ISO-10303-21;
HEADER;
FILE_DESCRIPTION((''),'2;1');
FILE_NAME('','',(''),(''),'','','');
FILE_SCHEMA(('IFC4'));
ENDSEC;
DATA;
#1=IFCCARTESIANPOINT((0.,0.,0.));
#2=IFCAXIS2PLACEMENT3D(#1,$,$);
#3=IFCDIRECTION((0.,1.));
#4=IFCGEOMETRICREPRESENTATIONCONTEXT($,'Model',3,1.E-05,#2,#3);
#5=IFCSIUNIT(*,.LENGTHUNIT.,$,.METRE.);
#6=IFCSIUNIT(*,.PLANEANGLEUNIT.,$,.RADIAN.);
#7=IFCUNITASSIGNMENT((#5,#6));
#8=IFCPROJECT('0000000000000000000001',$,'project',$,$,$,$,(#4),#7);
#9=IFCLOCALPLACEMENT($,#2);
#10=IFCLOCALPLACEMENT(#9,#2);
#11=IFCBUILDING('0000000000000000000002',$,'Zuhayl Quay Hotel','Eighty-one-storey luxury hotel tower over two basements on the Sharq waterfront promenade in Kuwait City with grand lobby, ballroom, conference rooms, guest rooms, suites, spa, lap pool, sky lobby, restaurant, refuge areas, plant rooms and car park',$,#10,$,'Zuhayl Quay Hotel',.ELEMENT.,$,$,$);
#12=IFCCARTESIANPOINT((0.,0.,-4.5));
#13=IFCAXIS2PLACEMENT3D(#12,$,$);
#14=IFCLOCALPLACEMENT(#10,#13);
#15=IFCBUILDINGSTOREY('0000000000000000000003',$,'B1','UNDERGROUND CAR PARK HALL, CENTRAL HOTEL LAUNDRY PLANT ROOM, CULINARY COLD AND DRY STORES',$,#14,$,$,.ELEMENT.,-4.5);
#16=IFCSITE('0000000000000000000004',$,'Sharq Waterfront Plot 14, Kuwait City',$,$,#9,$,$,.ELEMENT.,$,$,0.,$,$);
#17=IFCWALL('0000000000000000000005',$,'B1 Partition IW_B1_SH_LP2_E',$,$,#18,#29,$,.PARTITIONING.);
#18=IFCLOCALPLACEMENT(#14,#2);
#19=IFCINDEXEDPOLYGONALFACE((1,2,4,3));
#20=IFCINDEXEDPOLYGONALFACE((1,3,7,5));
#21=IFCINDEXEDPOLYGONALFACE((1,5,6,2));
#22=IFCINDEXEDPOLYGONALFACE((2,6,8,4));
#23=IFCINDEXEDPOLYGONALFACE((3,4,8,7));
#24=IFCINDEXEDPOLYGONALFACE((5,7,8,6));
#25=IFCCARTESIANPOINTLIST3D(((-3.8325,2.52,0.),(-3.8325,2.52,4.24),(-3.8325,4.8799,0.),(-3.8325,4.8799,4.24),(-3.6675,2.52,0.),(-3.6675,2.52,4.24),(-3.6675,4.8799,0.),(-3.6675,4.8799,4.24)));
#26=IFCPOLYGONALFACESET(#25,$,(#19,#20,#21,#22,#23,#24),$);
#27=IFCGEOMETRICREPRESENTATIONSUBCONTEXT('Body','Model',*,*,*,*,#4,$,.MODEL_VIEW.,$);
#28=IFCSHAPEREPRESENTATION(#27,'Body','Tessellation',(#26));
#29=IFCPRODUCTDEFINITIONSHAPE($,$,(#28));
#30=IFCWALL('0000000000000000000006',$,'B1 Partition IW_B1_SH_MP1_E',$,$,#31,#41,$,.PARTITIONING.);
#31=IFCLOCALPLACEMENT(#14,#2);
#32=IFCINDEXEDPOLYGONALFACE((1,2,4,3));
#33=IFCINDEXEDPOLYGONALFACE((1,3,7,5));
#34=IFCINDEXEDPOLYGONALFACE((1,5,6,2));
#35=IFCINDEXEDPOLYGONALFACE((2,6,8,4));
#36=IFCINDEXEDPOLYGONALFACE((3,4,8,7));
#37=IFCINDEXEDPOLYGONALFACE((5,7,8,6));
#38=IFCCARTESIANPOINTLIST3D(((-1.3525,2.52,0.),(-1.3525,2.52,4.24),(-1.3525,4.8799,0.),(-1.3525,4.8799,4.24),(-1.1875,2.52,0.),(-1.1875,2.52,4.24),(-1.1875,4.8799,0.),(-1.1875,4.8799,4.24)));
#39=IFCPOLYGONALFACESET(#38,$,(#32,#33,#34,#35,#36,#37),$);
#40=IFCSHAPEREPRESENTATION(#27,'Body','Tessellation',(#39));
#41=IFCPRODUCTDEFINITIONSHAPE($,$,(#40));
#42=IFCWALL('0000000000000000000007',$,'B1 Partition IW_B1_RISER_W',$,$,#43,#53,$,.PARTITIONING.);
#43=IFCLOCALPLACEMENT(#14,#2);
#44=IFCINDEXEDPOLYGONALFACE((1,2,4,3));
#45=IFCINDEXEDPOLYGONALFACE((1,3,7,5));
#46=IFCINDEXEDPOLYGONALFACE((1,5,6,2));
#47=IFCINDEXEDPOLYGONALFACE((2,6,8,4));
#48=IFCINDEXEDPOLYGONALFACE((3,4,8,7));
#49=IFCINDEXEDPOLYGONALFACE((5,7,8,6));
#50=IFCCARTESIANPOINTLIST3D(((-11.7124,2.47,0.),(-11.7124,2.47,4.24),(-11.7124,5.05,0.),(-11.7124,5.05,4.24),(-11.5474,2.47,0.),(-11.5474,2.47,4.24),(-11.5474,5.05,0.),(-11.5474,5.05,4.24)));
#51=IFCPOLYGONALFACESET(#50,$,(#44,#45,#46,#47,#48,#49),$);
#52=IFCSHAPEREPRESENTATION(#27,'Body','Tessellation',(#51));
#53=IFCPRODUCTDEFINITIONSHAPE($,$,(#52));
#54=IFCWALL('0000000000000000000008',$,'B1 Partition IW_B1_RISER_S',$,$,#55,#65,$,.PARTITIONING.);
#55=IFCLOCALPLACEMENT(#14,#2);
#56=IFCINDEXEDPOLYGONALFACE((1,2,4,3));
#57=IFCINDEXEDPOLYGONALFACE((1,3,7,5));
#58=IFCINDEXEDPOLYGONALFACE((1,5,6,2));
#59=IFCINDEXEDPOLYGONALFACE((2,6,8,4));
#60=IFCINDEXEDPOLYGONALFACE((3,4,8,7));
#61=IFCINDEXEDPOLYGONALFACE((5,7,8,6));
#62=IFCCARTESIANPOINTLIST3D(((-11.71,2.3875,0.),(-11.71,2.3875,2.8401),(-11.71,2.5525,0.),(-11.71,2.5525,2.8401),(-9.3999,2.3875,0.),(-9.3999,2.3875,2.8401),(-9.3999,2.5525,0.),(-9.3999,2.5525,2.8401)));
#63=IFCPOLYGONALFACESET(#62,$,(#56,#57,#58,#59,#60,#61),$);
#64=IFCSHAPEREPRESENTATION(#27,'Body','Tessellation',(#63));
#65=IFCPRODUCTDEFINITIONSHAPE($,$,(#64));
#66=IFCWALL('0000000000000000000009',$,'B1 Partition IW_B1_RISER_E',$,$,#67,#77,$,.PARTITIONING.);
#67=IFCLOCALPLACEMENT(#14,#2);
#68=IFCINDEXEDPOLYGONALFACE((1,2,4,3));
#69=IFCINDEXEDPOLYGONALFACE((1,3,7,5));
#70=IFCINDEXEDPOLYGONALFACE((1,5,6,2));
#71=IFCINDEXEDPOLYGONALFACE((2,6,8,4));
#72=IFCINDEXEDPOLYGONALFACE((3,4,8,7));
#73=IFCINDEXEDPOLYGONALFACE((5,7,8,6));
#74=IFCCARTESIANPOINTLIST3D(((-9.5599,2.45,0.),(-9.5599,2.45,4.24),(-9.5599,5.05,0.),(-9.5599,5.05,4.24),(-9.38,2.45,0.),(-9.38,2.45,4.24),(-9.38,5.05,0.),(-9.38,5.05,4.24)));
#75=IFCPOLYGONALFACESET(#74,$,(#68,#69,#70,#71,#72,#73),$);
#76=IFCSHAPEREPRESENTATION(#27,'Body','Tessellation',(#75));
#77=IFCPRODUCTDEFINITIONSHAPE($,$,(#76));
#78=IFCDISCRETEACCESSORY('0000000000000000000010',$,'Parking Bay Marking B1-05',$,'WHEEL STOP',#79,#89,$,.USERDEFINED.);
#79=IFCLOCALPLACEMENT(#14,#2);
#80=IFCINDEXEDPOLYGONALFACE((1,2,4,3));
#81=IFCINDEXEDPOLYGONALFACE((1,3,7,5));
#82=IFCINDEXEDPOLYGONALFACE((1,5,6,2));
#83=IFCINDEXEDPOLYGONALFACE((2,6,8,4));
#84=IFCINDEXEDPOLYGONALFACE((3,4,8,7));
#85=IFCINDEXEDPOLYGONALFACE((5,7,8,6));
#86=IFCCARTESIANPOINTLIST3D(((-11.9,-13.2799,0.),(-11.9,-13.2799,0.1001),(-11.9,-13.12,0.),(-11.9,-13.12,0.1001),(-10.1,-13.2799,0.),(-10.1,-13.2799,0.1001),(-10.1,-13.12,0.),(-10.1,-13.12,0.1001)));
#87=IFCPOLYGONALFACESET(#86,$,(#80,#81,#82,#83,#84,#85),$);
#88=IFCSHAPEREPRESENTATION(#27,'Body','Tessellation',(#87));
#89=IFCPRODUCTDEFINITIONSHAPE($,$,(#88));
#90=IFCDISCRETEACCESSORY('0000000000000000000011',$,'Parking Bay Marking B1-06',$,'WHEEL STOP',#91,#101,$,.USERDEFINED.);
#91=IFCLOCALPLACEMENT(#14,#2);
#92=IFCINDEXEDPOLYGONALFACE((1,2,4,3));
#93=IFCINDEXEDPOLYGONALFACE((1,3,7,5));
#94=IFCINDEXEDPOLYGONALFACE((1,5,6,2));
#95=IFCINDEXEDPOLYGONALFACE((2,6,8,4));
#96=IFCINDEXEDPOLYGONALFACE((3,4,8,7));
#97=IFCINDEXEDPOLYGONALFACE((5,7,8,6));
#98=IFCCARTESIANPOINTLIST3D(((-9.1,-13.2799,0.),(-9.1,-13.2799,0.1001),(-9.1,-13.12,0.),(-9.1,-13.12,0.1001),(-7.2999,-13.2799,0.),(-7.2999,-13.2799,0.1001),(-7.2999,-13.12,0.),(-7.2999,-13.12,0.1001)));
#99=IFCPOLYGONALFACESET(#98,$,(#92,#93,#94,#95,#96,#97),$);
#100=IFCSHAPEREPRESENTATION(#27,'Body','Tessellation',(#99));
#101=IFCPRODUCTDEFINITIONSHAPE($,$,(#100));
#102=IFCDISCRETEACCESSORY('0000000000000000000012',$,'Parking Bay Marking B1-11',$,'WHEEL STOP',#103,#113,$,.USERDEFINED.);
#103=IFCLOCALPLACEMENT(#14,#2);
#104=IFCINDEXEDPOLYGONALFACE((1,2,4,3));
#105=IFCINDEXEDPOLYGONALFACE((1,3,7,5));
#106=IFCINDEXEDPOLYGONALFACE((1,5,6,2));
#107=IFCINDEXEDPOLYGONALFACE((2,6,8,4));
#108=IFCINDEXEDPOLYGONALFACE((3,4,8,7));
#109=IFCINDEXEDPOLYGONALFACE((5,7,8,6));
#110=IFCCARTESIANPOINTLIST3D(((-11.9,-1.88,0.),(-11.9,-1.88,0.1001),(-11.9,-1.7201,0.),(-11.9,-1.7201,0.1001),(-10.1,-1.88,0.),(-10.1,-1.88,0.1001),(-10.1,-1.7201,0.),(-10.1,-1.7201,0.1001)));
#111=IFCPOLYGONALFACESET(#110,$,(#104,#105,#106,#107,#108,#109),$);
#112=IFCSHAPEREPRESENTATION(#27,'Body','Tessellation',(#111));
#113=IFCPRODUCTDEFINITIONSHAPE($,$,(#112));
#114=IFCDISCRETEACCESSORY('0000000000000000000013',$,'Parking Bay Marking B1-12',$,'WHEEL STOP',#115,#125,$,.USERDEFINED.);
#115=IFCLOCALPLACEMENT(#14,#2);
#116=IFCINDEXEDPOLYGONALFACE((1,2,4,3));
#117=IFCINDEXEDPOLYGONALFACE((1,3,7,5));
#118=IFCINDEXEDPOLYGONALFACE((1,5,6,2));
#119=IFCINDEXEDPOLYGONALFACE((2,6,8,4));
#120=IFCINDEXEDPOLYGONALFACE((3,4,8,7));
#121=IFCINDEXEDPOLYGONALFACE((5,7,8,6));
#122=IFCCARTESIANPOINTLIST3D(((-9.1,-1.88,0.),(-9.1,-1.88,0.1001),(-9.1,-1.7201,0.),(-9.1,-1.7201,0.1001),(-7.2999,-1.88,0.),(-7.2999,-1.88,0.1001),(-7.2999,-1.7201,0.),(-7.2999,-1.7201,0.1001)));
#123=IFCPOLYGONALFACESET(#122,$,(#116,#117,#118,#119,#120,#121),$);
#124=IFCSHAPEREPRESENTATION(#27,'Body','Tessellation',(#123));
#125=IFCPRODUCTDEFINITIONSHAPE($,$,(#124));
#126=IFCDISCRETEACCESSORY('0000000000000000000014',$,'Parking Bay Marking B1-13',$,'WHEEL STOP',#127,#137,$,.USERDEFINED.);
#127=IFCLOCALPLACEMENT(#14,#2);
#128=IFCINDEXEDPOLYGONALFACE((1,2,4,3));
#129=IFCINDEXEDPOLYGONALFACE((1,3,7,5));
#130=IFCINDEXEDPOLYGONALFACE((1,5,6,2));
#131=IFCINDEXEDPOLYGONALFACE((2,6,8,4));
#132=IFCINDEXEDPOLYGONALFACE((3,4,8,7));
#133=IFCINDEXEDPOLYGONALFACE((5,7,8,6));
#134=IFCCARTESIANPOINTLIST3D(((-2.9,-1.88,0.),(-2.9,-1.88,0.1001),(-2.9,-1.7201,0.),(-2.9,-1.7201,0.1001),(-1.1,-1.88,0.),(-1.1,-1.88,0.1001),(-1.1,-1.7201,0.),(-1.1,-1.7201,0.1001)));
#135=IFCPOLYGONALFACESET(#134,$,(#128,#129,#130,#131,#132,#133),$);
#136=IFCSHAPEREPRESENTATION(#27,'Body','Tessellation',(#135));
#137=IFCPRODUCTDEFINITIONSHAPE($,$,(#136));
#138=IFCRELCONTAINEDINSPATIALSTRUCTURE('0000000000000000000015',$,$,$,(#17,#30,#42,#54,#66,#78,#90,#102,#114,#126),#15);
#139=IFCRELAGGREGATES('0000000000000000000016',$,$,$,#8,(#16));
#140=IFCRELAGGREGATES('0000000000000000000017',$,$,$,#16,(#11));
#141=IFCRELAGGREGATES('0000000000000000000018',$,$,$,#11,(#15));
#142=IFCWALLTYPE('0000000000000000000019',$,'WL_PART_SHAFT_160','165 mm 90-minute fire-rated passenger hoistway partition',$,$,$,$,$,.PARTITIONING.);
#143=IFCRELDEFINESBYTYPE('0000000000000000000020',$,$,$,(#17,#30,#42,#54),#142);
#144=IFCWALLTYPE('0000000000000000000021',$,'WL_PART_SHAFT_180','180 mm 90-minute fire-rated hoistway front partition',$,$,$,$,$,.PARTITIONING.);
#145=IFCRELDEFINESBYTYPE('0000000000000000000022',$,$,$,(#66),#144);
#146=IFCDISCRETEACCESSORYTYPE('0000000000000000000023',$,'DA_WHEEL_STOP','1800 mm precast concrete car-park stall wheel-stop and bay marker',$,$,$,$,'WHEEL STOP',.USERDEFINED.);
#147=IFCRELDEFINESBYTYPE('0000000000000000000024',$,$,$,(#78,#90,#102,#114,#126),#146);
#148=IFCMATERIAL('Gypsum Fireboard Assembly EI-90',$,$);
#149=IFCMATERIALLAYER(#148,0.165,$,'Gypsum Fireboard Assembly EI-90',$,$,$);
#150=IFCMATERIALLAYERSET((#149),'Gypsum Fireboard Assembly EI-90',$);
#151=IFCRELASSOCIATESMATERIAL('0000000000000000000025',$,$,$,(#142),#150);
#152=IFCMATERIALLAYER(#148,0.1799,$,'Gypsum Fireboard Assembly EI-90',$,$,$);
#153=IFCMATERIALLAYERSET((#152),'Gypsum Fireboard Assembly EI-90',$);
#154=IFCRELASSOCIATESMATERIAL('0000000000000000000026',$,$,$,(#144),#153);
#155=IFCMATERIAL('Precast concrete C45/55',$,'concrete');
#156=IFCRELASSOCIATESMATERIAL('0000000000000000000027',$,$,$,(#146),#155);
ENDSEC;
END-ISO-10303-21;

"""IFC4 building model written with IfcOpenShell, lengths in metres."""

from ifc_helpers import new_model, si_unit, direction, frame, frame_2d, origin, origin_2d, place, context, subcontext, project, spatial, rectangle, extrude, material, layer, layer_set, type_object, element, save


model = new_model("IFC4")

# Units and contexts
model_context = context("Model", 3, precision=1e-05, world=origin(), true_north=direction((0.0, 1.0)))
body_context = subcontext(model_context, "Body", "Model", "MODEL_VIEW")
ifc_project = project(units=[si_unit("LENGTHUNIT", "METRE"), si_unit("PLANEANGLEUNIT", "RADIAN")], contexts=[model_context])

# Site, building, storey
site_placement = place(None, origin())
site = spatial("IfcSite", under=ifc_project, at=site_placement, Name="Sharq Waterfront Plot 14, Kuwait City", CompositionType="ELEMENT", RefElevation=0.0)
building_placement = place(site_placement, origin())
building = spatial("IfcBuilding", under=site, at=building_placement, Name="Zuhayl Quay Hotel", Description="Eighty-one-storey luxury hotel tower over two basements on the Sharq waterfront promenade in Kuwait City with grand lobby, ballroom, conference rooms, guest rooms, suites, spa, lap pool, sky lobby, restaurant, refuge areas, plant rooms and car park", LongName="Zuhayl Quay Hotel", CompositionType="ELEMENT")
storey_placement = place(building_placement, frame((0.0, 0.0, -4.5)))
storey = spatial("IfcBuildingStorey", under=building, at=storey_placement, Name="B1", Description="UNDERGROUND CAR PARK HALL, CENTRAL HOTEL LAUNDRY PLANT ROOM, CULINARY COLD AND DRY STORES", CompositionType="ELEMENT", Elevation=-4.5)

# Walls
ifc_material_1 = material(Name="Gypsum Fireboard Assembly EI-90")
ifc_layer_1 = layer(ifc_material_1, 0.165, Name="Gypsum Fireboard Assembly EI-90")
ifc_layer_set_1 = layer_set([ifc_layer_1], Name="Gypsum Fireboard Assembly EI-90")
wall_type_1 = type_object("IfcWallType", Name="WL_PART_SHAFT_160", Description="165 mm 90-minute fire-rated passenger hoistway partition", PredefinedType="PARTITIONING", material=ifc_layer_set_1)
for number, where, z_axis, x_axis, name in (
    (1, (-3.75, 2.52, 0.0), (0.0, 0.0, 1.0), (0.0, 1.0, 0.0), "B1 Partition IW_B1_SH_LP2_E"),
    (2, (-1.27, 2.52, 0.0), (0.0, 0.0, 1.0), (0.0, 1.0, 0.0), "B1 Partition IW_B1_SH_MP1_E"),
):
    element("IfcWall", number, at=place(storey_placement, frame(where, z_axis=z_axis, x_axis=x_axis)), inside=storey, type_object=wall_type_1, Name=name, PredefinedType="PARTITIONING", context=body_context, shape_type="SweptSolid", body=[
        extrude(rectangle(XDim=2.3599, YDim=0.165, at=frame_2d((1.1799, 0.0))), origin(), (0.0, 0.0, 1.0), 4.24),
    ])
wall_1_placement = place(storey_placement, frame((-11.6299, 2.47, 0.0), z_axis=(0.0, 0.0, 1.0), x_axis=(0.0, 1.0, 0.0)))
element("IfcWall", 3, at=wall_1_placement, inside=storey, type_object=wall_type_1, Name="B1 Partition IW_B1_RISER_W", PredefinedType="PARTITIONING", context=body_context, shape_type="SweptSolid", body=[
    extrude(rectangle(XDim=2.5801, YDim=0.165, at=frame_2d((1.29, 0.0))), origin(), (0.0, 0.0, 1.0), 4.24),
])
wall_2_placement = place(storey_placement, frame((-11.71, 2.47, 0.0), z_axis=(0.0, 0.0, 1.0), x_axis=(1.0, 0.0, 0.0)))
element("IfcWall", 4, at=wall_2_placement, inside=storey, type_object=wall_type_1, Name="B1 Partition IW_B1_RISER_S", PredefinedType="PARTITIONING", context=body_context, shape_type="SweptSolid", body=[
    extrude(rectangle(XDim=2.3101, YDim=0.165, at=frame_2d((1.155, 0.0))), origin(), (0.0, 0.0, 1.0), 2.8401),
])
ifc_layer_2 = layer(ifc_material_1, 0.1799, Name="Gypsum Fireboard Assembly EI-90")
ifc_layer_set_2 = layer_set([ifc_layer_2], Name="Gypsum Fireboard Assembly EI-90")
wall_type_2 = type_object("IfcWallType", Name="WL_PART_SHAFT_180", Description="180 mm 90-minute fire-rated hoistway front partition", PredefinedType="PARTITIONING", material=ifc_layer_set_2)
wall_3_placement = place(storey_placement, frame((-9.47, 2.45, 0.0), z_axis=(0.0, 0.0, 1.0), x_axis=(0.0, 1.0, 0.0)))
element("IfcWall", 5, at=wall_3_placement, inside=storey, type_object=wall_type_2, Name="B1 Partition IW_B1_RISER_E", PredefinedType="PARTITIONING", context=body_context, shape_type="SweptSolid", body=[
    extrude(rectangle(XDim=2.6001, YDim=0.1799, at=frame_2d((1.3, 0.0))), origin(), (0.0, 0.0, 1.0), 4.24),
])

# Discrete accessories
ifc_material_2 = material(Name="Precast concrete C45/55", Category="concrete")
discrete_accessory_type = type_object("IfcDiscreteAccessoryType", Name="DA_WHEEL_STOP", Description="1800 mm precast concrete car-park stall wheel-stop and bay marker", ElementType="WHEEL STOP", PredefinedType="USERDEFINED", material=ifc_material_2)
for number, where, z_axis, x_axis, name in (
    (6, (-11.0, -13.2, 0.0), (0.0, 0.0, 1.0), (1.0, 0.0, 0.0), "Parking Bay Marking B1-05"),
    (7, (-8.2, -13.2, 0.0), (0.0, 0.0, 1.0), (1.0, 0.0, 0.0), "Parking Bay Marking B1-06"),
    (8, (-11.0, -1.8, 0.0), (0.0, 0.0, 1.0), (1.0, 0.0, 0.0), "Parking Bay Marking B1-11"),
    (9, (-8.2, -1.8, 0.0), (0.0, 0.0, 1.0), (1.0, 0.0, 0.0), "Parking Bay Marking B1-12"),
    (10, (-2.0, -1.8, 0.0), (0.0, 0.0, 1.0), (1.0, 0.0, 0.0), "Parking Bay Marking B1-13"),
):
    element("IfcDiscreteAccessory", number, at=place(storey_placement, frame(where, z_axis=z_axis, x_axis=x_axis)), inside=storey, type_object=discrete_accessory_type, Name=name, ObjectType="WHEEL STOP", PredefinedType="USERDEFINED", context=body_context, shape_type="SweptSolid", body=[
        extrude(rectangle(XDim=1.8, YDim=0.1599, at=origin_2d()), origin(), (0.0, 0.0, 1.0), 0.1001),
    ])

save(model, "model.ifc")
